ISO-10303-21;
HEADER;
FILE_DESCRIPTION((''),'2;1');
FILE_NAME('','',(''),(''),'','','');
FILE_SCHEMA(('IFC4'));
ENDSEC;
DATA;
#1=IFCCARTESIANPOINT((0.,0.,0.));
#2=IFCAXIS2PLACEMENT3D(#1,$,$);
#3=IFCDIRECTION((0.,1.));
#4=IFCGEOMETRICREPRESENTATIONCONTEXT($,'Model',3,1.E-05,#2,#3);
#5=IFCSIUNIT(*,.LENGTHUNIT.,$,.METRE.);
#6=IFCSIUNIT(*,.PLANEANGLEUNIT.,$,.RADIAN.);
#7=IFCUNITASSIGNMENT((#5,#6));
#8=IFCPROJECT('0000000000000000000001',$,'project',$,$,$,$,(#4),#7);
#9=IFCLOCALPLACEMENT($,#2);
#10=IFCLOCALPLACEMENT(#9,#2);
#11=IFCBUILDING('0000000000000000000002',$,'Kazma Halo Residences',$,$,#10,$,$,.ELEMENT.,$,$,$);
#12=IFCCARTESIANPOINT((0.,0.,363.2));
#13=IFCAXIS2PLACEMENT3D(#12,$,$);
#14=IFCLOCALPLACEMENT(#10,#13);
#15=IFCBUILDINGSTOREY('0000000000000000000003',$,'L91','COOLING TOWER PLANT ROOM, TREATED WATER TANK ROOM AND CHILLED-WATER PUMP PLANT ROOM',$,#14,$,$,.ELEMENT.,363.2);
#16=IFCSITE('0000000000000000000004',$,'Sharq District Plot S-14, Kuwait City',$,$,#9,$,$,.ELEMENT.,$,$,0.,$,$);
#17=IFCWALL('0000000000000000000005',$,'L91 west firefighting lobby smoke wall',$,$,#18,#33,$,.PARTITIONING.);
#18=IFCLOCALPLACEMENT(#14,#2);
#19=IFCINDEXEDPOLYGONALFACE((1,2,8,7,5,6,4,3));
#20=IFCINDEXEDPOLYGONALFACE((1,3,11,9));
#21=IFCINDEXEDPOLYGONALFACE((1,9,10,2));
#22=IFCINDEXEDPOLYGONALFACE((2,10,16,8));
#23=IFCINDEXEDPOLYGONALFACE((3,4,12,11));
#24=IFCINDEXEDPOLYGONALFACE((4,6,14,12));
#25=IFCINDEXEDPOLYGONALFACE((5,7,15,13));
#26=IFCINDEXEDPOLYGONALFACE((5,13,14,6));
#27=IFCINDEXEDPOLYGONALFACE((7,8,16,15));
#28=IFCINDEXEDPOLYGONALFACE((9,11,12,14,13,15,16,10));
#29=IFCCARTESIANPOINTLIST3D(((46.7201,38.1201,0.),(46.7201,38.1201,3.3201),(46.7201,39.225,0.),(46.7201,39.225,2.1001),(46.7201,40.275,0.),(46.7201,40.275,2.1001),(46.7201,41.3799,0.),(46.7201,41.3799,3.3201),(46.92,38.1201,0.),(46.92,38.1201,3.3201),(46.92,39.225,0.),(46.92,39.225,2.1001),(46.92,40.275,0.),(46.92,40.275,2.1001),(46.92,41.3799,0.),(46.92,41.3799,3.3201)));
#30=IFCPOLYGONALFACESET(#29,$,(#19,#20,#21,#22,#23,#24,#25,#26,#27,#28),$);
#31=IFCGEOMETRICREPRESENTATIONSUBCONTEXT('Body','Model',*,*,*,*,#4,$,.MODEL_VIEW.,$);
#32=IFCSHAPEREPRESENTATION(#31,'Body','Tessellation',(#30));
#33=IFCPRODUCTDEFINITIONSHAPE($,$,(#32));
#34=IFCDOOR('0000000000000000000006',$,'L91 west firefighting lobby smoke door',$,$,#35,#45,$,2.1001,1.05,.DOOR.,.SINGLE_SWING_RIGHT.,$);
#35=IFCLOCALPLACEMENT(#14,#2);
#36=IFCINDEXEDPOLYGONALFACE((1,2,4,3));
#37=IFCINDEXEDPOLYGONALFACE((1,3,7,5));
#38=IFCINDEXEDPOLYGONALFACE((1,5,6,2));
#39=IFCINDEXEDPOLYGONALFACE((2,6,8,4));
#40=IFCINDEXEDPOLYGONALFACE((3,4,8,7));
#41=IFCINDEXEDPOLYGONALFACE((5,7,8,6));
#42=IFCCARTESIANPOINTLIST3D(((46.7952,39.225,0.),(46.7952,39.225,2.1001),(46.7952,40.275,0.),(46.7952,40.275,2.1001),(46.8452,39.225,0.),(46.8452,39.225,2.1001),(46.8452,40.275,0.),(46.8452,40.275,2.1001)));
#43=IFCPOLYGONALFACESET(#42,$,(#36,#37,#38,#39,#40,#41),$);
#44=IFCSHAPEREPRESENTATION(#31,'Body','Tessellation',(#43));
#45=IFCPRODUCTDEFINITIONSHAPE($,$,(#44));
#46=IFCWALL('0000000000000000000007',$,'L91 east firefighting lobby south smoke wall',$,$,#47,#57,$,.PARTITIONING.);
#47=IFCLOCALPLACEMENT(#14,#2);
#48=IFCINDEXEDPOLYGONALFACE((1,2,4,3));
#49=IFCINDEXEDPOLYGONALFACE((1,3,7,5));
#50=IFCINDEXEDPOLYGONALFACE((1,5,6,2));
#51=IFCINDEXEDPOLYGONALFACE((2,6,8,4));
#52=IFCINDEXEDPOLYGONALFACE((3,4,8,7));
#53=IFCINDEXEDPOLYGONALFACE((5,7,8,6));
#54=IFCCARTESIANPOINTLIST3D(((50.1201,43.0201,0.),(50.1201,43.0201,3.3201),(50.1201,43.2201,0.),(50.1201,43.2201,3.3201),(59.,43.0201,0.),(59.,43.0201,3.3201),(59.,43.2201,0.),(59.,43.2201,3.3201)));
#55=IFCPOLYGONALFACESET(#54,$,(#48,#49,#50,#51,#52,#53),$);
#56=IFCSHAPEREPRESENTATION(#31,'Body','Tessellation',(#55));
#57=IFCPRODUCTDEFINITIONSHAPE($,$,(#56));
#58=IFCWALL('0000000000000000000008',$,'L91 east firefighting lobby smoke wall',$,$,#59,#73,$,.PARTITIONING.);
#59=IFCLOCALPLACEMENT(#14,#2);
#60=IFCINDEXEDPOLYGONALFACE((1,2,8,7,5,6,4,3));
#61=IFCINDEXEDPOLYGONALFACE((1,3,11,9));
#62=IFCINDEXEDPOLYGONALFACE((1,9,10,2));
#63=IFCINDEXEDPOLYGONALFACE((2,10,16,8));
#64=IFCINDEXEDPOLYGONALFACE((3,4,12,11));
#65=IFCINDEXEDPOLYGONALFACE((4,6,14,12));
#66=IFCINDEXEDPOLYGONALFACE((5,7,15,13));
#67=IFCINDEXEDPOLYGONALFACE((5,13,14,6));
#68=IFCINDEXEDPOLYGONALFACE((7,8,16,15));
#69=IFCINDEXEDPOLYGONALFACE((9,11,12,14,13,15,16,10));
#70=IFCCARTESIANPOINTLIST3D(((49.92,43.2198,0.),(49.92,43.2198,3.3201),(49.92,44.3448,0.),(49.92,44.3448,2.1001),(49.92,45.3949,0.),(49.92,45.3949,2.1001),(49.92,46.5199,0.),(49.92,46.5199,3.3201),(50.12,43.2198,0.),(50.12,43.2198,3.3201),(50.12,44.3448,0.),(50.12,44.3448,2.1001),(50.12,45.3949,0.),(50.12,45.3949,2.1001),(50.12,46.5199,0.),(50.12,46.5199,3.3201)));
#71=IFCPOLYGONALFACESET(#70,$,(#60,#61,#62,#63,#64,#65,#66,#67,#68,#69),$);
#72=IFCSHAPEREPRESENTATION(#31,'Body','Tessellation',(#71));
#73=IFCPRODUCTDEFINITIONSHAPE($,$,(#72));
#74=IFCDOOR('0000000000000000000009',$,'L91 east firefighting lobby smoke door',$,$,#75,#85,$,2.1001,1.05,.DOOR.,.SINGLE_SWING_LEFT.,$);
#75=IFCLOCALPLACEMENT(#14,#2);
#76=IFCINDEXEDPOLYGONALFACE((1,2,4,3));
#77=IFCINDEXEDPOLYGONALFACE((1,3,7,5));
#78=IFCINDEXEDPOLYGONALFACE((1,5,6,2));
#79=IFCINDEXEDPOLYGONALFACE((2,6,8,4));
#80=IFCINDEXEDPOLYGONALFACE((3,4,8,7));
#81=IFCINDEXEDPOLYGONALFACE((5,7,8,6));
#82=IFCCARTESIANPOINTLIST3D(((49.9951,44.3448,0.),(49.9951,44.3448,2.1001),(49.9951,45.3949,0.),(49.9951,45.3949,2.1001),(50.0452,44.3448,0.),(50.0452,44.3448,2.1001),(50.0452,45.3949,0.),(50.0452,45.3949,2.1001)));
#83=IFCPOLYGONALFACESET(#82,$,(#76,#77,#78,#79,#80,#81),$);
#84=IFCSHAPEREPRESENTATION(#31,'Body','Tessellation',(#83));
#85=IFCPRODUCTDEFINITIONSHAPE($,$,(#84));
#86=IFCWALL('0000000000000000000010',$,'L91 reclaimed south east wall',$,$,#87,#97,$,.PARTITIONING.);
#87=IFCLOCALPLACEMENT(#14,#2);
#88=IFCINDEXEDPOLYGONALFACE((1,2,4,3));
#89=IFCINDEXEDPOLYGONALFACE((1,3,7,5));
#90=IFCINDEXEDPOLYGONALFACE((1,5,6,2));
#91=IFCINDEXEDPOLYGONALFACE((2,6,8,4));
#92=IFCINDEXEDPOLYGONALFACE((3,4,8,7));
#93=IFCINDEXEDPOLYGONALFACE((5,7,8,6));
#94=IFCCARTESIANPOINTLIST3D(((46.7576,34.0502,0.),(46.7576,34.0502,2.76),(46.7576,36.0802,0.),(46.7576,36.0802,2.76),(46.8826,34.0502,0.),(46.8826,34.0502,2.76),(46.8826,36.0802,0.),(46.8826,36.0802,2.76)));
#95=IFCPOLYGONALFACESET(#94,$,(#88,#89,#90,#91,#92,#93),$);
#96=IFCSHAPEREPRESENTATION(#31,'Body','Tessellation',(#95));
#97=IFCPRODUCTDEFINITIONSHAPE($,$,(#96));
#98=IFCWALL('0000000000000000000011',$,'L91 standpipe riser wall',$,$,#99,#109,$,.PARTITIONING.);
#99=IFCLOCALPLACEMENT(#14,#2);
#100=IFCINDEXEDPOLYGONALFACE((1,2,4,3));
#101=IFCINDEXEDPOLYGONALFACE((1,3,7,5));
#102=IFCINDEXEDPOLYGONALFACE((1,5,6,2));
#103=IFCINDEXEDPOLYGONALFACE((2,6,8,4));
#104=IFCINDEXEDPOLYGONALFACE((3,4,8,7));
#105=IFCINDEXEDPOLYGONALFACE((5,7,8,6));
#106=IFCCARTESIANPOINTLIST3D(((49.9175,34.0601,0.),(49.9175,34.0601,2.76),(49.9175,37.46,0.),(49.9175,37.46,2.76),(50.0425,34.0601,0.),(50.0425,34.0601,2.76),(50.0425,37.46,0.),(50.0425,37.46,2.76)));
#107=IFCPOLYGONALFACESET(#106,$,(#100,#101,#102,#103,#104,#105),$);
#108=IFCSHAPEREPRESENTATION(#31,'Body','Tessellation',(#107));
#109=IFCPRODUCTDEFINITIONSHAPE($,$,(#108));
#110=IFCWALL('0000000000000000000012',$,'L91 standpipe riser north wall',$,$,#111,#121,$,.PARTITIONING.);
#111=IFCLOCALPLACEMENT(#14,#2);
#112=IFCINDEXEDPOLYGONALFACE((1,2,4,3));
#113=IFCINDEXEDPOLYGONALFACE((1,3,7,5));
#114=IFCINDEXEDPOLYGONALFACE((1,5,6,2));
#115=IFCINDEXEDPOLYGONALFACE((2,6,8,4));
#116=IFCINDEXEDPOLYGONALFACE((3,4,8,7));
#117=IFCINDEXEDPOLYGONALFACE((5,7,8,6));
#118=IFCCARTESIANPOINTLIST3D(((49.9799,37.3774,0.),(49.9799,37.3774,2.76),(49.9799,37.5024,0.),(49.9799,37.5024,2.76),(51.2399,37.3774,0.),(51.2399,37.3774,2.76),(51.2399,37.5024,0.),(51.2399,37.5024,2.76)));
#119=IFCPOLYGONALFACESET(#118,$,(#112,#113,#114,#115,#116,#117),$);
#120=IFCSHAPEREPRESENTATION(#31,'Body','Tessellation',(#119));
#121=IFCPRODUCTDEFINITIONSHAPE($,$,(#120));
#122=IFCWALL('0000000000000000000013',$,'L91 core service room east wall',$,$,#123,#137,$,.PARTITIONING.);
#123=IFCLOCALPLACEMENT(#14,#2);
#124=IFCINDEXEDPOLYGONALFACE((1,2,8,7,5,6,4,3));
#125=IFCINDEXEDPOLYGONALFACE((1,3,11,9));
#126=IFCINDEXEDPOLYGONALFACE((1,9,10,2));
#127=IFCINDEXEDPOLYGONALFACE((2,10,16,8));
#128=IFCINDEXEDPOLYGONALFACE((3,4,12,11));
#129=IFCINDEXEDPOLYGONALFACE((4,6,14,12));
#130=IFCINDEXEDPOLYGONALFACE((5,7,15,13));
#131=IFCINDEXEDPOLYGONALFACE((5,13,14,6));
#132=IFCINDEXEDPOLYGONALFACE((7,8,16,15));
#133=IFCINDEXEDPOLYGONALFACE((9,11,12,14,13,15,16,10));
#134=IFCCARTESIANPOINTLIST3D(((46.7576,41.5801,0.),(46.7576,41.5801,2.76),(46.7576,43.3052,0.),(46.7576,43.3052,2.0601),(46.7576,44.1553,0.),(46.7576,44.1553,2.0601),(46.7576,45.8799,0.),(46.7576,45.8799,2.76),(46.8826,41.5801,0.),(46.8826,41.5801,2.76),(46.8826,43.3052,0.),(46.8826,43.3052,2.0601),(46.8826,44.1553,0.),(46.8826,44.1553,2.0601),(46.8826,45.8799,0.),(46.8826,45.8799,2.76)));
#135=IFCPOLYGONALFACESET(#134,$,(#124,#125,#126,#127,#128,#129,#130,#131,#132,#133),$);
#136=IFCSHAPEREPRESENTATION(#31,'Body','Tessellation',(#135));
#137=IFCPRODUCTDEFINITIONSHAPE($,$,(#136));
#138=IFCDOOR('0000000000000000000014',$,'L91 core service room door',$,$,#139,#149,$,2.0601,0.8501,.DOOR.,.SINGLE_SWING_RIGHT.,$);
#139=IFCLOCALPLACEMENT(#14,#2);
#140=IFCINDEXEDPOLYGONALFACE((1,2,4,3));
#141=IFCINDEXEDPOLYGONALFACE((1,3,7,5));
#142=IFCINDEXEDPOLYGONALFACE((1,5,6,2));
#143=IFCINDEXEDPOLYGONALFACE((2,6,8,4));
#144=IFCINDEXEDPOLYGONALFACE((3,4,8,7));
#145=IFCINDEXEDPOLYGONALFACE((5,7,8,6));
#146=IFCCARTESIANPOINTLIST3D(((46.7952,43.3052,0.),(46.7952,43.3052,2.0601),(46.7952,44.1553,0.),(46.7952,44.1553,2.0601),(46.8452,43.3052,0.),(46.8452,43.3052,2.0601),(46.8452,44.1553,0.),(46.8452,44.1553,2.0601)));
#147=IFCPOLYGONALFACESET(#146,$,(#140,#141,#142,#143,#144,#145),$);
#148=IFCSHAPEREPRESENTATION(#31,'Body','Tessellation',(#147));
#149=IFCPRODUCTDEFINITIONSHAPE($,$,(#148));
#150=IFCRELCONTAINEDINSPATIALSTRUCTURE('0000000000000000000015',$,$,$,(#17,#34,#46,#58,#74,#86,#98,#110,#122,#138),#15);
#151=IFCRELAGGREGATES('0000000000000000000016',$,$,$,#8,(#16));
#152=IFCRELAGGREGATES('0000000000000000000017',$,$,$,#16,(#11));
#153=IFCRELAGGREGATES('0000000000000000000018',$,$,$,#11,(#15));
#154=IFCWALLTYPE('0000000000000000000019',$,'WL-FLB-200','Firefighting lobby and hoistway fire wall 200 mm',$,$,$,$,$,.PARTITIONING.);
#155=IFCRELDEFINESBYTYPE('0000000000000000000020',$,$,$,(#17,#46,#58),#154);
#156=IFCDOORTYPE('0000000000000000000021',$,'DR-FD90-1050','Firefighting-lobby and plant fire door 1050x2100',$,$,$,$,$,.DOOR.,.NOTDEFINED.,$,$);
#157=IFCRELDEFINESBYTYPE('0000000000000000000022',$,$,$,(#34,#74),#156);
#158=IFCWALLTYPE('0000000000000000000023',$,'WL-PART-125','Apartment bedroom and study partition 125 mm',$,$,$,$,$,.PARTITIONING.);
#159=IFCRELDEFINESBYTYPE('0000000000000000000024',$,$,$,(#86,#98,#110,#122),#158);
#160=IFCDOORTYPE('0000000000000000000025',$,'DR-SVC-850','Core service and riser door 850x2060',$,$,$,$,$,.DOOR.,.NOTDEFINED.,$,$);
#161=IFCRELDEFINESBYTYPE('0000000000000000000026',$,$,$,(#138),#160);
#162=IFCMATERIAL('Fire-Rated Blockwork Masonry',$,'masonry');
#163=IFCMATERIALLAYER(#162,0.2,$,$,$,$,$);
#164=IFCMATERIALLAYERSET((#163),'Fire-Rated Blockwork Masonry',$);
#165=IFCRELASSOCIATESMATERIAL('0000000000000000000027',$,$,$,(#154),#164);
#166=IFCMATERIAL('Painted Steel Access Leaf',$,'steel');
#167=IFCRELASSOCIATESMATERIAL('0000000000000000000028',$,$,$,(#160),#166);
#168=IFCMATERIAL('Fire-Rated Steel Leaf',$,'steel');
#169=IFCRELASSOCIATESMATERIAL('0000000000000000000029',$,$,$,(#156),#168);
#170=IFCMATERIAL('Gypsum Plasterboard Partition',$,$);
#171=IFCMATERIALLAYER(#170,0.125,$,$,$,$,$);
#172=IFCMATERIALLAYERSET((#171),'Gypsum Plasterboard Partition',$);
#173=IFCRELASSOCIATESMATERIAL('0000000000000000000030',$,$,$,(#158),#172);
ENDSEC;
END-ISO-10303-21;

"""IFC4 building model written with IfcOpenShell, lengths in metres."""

from ifc_helpers import new_model, si_unit, direction, frame, frame_2d, origin, place, context, subcontext, project, spatial, rectangle, extrude, material, layer, layer_set, type_object, element, fill, save


model = new_model("IFC4")

# Units and contexts
model_context = context("Model", 3, precision=1e-05, world=origin(), true_north=direction((0.0, 1.0)))
body_context = subcontext(model_context, "Body", "Model", "MODEL_VIEW")
ifc_project = project(units=[si_unit("LENGTHUNIT", "METRE"), si_unit("PLANEANGLEUNIT", "RADIAN")], contexts=[model_context])

# Site, building, storey
site_placement = place(None, origin())
site = spatial("IfcSite", under=ifc_project, at=site_placement, Name="Sharq District Plot S-14, Kuwait City", CompositionType="ELEMENT", RefElevation=0.0)
building_placement = place(site_placement, origin())
building = spatial("IfcBuilding", under=site, at=building_placement, Name="Kazma Halo Residences", CompositionType="ELEMENT")
storey_placement = place(building_placement, frame((0.0, 0.0, 363.2)))
storey = spatial("IfcBuildingStorey", under=building, at=storey_placement, Name="L91", Description="COOLING TOWER PLANT ROOM, TREATED WATER TANK ROOM AND CHILLED-WATER PUMP PLANT ROOM", CompositionType="ELEMENT", Elevation=363.2)

# Shared definitions
ifc_material_1 = material(Name="Fire-Rated Blockwork Masonry", Category="masonry")
ifc_layer_1 = layer(ifc_material_1, 0.2)
ifc_layer_set_1 = layer_set([ifc_layer_1], Name="Fire-Rated Blockwork Masonry")
wall_type_1 = type_object("IfcWallType", Name="WL-FLB-200", Description="Firefighting lobby and hoistway fire wall 200 mm", PredefinedType="PARTITIONING", material=ifc_layer_set_1)
ifc_material_2 = material(Name="Painted Steel Access Leaf", Category="steel")
door_type_1 = type_object("IfcDoorType", Name="DR-SVC-850", Description="Core service and riser door 850x2060", OperationType="NOTDEFINED", PredefinedType="DOOR", material=ifc_material_2)

# Wall, opening, door
wall_1_placement = place(storey_placement, frame((46.8201, 38.1201, 0.0), z_axis=(0.0, 0.0, 1.0), x_axis=(0.0, 1.0, 0.0)))
wall_1 = element("IfcWall", 1, at=wall_1_placement, inside=storey, type_object=wall_type_1, Name="L91 west firefighting lobby smoke wall", PredefinedType="PARTITIONING", context=body_context, shape_type="SweptSolid", body=[
    extrude(rectangle(XDim=3.2598, YDim=0.2, at=frame_2d((1.6299, 0.0))), origin(), (0.0, 0.0, 1.0), 3.3201),
])
opening_1_placement = place(wall_1_placement, frame((1.105, 0.0, 0.0)))
opening_1 = element("IfcOpeningElement", 2, at=opening_1_placement, cuts=wall_1, PredefinedType="OPENING", context=body_context, shape_type="SweptSolid", body=[
    extrude(rectangle(XDim=1.05, YDim=2.1001, at=frame_2d((0.5249, 1.05))), frame((0.0, 0.1099, 0.0), z_axis=(0.0, -1.0, 0.0), x_axis=(1.0, 0.0, 0.0)), (0.0, 0.0, 1.0), 0.22),
])
ifc_material_3 = material(Name="Fire-Rated Steel Leaf", Category="steel")
door_type_2 = type_object("IfcDoorType", Name="DR-FD90-1050", Description="Firefighting-lobby and plant fire door 1050x2100", OperationType="NOTDEFINED", PredefinedType="DOOR", material=ifc_material_3)
door_1_placement = place(opening_1_placement, origin())
door_1 = element("IfcDoor", 3, at=door_1_placement, inside=storey, type_object=door_type_2, Name="L91 west firefighting lobby smoke door", OperationType="SINGLE_SWING_RIGHT", OverallHeight=2.1001, OverallWidth=1.05, PredefinedType="DOOR", context=body_context, shape_type="SweptSolid", body=[
    extrude(rectangle(XDim=1.05, YDim=2.1001, at=frame_2d((0.5249, 1.05))), frame((0.0, 0.0249, 0.0), z_axis=(0.0, -1.0, 0.0), x_axis=(1.0, 0.0, 0.0)), (0.0, 0.0, 1.0), 0.05),
])
fill(opening_1, door_1)

# Wall
wall_2_placement = place(storey_placement, frame((50.1201, 43.1201, 0.0), z_axis=(0.0, 0.0, 1.0), x_axis=(1.0, 0.0, 0.0)))
element("IfcWall", 4, at=wall_2_placement, inside=storey, type_object=wall_type_1, Name="L91 east firefighting lobby south smoke wall", PredefinedType="PARTITIONING", context=body_context, shape_type="SweptSolid", body=[
    extrude(rectangle(XDim=8.8799, YDim=0.2, at=frame_2d((4.4399, 0.0))), origin(), (0.0, 0.0, 1.0), 3.3201),
])

# Wall, opening, door
wall_3_placement = place(storey_placement, frame((50.02, 43.22, 0.0), z_axis=(0.0, 0.0, 1.0), x_axis=(0.0, 1.0, 0.0)))
wall_3 = element("IfcWall", 5, at=wall_3_placement, inside=storey, type_object=wall_type_1, Name="L91 east firefighting lobby smoke wall", PredefinedType="PARTITIONING", context=body_context, shape_type="SweptSolid", body=[
    extrude(rectangle(XDim=3.3, YDim=0.2, at=frame_2d((1.6499, 0.0))), origin(), (0.0, 0.0, 1.0), 3.3201),
])
opening_2_placement = place(wall_3_placement, frame((1.125, 0.0, 0.0)))
opening_2 = element("IfcOpeningElement", 6, at=opening_2_placement, cuts=wall_3, PredefinedType="OPENING", context=body_context, shape_type="SweptSolid", body=[
    extrude(rectangle(XDim=1.05, YDim=2.1001, at=frame_2d((0.5249, 1.05))), frame((0.0, 0.1099, 0.0), z_axis=(0.0, -1.0, 0.0), x_axis=(1.0, 0.0, 0.0)), (0.0, 0.0, 1.0), 0.22),
])
door_2_placement = place(opening_2_placement, origin())
door_2 = element("IfcDoor", 7, at=door_2_placement, inside=storey, type_object=door_type_2, Name="L91 east firefighting lobby smoke door", OperationType="SINGLE_SWING_LEFT", OverallHeight=2.1001, OverallWidth=1.05, PredefinedType="DOOR", context=body_context, shape_type="SweptSolid", body=[
    extrude(rectangle(XDim=1.05, YDim=2.1001, at=frame_2d((0.5249, 1.05))), frame((0.0, 0.0249, 0.0), z_axis=(0.0, -1.0, 0.0), x_axis=(1.0, 0.0, 0.0)), (0.0, 0.0, 1.0), 0.05),
])
fill(opening_2, door_2)

# Walls
ifc_material_4 = material(Name="Gypsum Plasterboard Partition")
ifc_layer_2 = layer(ifc_material_4, 0.125)
ifc_layer_set_2 = layer_set([ifc_layer_2], Name="Gypsum Plasterboard Partition")
wall_type_2 = type_object("IfcWallType", Name="WL-PART-125", Description="Apartment bedroom and study partition 125 mm", PredefinedType="PARTITIONING", material=ifc_layer_set_2)
wall_4_placement = place(storey_placement, frame((46.8201, 34.05, 0.0), z_axis=(0.0, 0.0, 1.0), x_axis=(0.0, 1.0, 0.0)))
element("IfcWall", 8, at=wall_4_placement, inside=storey, type_object=wall_type_2, Name="L91 reclaimed south east wall", PredefinedType="PARTITIONING", context=body_context, shape_type="SweptSolid", body=[
    extrude(rectangle(XDim=2.03, YDim=0.125, at=frame_2d((1.0151, 0.0))), origin(), (0.0, 0.0, 1.0), 2.76),
])
wall_5_placement = place(storey_placement, frame((49.98, 34.0601, 0.0), z_axis=(0.0, 0.0, 1.0), x_axis=(0.0, 1.0, 0.0)))
element("IfcWall", 9, at=wall_5_placement, inside=storey, type_object=wall_type_2, Name="L91 standpipe riser wall", PredefinedType="PARTITIONING", context=body_context, shape_type="SweptSolid", body=[
    extrude(rectangle(XDim=3.3999, YDim=0.125, at=frame_2d((1.7, 0.0))), origin(), (0.0, 0.0, 1.0), 2.76),
])
wall_6_placement = place(storey_placement, frame((49.98, 37.4399, 0.0), z_axis=(0.0, 0.0, 1.0), x_axis=(1.0, 0.0, 0.0)))
element("IfcWall", 10, at=wall_6_placement, inside=storey, type_object=wall_type_2, Name="L91 standpipe riser north wall", PredefinedType="PARTITIONING", context=body_context, shape_type="SweptSolid", body=[
    extrude(rectangle(XDim=1.26, YDim=0.125, at=frame_2d((0.6299, 0.0))), origin(), (0.0, 0.0, 1.0), 2.76),
])

# Wall, opening, door
wall_7_placement = place(storey_placement, frame((46.8201, 41.5801, 0.0), z_axis=(0.0, 0.0, 1.0), x_axis=(0.0, 1.0, 0.0)))
wall_7 = element("IfcWall", 11, at=wall_7_placement, inside=storey, type_object=wall_type_2, Name="L91 core service room east wall", PredefinedType="PARTITIONING", context=body_context, shape_type="SweptSolid", body=[
    extrude(rectangle(XDim=4.2998, YDim=0.125, at=frame_2d((2.1499, 0.0))), origin(), (0.0, 0.0, 1.0), 2.76),
])
opening_3_placement = place(wall_7_placement, frame((1.7251, 0.0, 0.0)))
opening_3 = element("IfcOpeningElement", 12, at=opening_3_placement, cuts=wall_7, PredefinedType="OPENING", context=body_context, shape_type="SweptSolid", body=[
    extrude(rectangle(XDim=0.8501, YDim=2.0601, at=frame_2d((0.425, 1.03))), frame((0.0, 0.0725, 0.0), z_axis=(0.0, -1.0, 0.0), x_axis=(1.0, 0.0, 0.0)), (0.0, 0.0, 1.0), 0.145),
])
door_3_placement = place(opening_3_placement, origin())
door_3 = element("IfcDoor", 13, at=door_3_placement, inside=storey, type_object=door_type_1, Name="L91 core service room door", OperationType="SINGLE_SWING_RIGHT", OverallHeight=2.0601, OverallWidth=0.8501, PredefinedType="DOOR", context=body_context, shape_type="SweptSolid", body=[
    extrude(rectangle(XDim=0.8501, YDim=2.0601, at=frame_2d((0.425, 1.03))), frame((0.0, 0.0249, 0.0), z_axis=(0.0, -1.0, 0.0), x_axis=(1.0, 0.0, 0.0)), (0.0, 0.0, 1.0), 0.05),
])
fill(opening_3, door_3)

save(model, "model.ifc")
